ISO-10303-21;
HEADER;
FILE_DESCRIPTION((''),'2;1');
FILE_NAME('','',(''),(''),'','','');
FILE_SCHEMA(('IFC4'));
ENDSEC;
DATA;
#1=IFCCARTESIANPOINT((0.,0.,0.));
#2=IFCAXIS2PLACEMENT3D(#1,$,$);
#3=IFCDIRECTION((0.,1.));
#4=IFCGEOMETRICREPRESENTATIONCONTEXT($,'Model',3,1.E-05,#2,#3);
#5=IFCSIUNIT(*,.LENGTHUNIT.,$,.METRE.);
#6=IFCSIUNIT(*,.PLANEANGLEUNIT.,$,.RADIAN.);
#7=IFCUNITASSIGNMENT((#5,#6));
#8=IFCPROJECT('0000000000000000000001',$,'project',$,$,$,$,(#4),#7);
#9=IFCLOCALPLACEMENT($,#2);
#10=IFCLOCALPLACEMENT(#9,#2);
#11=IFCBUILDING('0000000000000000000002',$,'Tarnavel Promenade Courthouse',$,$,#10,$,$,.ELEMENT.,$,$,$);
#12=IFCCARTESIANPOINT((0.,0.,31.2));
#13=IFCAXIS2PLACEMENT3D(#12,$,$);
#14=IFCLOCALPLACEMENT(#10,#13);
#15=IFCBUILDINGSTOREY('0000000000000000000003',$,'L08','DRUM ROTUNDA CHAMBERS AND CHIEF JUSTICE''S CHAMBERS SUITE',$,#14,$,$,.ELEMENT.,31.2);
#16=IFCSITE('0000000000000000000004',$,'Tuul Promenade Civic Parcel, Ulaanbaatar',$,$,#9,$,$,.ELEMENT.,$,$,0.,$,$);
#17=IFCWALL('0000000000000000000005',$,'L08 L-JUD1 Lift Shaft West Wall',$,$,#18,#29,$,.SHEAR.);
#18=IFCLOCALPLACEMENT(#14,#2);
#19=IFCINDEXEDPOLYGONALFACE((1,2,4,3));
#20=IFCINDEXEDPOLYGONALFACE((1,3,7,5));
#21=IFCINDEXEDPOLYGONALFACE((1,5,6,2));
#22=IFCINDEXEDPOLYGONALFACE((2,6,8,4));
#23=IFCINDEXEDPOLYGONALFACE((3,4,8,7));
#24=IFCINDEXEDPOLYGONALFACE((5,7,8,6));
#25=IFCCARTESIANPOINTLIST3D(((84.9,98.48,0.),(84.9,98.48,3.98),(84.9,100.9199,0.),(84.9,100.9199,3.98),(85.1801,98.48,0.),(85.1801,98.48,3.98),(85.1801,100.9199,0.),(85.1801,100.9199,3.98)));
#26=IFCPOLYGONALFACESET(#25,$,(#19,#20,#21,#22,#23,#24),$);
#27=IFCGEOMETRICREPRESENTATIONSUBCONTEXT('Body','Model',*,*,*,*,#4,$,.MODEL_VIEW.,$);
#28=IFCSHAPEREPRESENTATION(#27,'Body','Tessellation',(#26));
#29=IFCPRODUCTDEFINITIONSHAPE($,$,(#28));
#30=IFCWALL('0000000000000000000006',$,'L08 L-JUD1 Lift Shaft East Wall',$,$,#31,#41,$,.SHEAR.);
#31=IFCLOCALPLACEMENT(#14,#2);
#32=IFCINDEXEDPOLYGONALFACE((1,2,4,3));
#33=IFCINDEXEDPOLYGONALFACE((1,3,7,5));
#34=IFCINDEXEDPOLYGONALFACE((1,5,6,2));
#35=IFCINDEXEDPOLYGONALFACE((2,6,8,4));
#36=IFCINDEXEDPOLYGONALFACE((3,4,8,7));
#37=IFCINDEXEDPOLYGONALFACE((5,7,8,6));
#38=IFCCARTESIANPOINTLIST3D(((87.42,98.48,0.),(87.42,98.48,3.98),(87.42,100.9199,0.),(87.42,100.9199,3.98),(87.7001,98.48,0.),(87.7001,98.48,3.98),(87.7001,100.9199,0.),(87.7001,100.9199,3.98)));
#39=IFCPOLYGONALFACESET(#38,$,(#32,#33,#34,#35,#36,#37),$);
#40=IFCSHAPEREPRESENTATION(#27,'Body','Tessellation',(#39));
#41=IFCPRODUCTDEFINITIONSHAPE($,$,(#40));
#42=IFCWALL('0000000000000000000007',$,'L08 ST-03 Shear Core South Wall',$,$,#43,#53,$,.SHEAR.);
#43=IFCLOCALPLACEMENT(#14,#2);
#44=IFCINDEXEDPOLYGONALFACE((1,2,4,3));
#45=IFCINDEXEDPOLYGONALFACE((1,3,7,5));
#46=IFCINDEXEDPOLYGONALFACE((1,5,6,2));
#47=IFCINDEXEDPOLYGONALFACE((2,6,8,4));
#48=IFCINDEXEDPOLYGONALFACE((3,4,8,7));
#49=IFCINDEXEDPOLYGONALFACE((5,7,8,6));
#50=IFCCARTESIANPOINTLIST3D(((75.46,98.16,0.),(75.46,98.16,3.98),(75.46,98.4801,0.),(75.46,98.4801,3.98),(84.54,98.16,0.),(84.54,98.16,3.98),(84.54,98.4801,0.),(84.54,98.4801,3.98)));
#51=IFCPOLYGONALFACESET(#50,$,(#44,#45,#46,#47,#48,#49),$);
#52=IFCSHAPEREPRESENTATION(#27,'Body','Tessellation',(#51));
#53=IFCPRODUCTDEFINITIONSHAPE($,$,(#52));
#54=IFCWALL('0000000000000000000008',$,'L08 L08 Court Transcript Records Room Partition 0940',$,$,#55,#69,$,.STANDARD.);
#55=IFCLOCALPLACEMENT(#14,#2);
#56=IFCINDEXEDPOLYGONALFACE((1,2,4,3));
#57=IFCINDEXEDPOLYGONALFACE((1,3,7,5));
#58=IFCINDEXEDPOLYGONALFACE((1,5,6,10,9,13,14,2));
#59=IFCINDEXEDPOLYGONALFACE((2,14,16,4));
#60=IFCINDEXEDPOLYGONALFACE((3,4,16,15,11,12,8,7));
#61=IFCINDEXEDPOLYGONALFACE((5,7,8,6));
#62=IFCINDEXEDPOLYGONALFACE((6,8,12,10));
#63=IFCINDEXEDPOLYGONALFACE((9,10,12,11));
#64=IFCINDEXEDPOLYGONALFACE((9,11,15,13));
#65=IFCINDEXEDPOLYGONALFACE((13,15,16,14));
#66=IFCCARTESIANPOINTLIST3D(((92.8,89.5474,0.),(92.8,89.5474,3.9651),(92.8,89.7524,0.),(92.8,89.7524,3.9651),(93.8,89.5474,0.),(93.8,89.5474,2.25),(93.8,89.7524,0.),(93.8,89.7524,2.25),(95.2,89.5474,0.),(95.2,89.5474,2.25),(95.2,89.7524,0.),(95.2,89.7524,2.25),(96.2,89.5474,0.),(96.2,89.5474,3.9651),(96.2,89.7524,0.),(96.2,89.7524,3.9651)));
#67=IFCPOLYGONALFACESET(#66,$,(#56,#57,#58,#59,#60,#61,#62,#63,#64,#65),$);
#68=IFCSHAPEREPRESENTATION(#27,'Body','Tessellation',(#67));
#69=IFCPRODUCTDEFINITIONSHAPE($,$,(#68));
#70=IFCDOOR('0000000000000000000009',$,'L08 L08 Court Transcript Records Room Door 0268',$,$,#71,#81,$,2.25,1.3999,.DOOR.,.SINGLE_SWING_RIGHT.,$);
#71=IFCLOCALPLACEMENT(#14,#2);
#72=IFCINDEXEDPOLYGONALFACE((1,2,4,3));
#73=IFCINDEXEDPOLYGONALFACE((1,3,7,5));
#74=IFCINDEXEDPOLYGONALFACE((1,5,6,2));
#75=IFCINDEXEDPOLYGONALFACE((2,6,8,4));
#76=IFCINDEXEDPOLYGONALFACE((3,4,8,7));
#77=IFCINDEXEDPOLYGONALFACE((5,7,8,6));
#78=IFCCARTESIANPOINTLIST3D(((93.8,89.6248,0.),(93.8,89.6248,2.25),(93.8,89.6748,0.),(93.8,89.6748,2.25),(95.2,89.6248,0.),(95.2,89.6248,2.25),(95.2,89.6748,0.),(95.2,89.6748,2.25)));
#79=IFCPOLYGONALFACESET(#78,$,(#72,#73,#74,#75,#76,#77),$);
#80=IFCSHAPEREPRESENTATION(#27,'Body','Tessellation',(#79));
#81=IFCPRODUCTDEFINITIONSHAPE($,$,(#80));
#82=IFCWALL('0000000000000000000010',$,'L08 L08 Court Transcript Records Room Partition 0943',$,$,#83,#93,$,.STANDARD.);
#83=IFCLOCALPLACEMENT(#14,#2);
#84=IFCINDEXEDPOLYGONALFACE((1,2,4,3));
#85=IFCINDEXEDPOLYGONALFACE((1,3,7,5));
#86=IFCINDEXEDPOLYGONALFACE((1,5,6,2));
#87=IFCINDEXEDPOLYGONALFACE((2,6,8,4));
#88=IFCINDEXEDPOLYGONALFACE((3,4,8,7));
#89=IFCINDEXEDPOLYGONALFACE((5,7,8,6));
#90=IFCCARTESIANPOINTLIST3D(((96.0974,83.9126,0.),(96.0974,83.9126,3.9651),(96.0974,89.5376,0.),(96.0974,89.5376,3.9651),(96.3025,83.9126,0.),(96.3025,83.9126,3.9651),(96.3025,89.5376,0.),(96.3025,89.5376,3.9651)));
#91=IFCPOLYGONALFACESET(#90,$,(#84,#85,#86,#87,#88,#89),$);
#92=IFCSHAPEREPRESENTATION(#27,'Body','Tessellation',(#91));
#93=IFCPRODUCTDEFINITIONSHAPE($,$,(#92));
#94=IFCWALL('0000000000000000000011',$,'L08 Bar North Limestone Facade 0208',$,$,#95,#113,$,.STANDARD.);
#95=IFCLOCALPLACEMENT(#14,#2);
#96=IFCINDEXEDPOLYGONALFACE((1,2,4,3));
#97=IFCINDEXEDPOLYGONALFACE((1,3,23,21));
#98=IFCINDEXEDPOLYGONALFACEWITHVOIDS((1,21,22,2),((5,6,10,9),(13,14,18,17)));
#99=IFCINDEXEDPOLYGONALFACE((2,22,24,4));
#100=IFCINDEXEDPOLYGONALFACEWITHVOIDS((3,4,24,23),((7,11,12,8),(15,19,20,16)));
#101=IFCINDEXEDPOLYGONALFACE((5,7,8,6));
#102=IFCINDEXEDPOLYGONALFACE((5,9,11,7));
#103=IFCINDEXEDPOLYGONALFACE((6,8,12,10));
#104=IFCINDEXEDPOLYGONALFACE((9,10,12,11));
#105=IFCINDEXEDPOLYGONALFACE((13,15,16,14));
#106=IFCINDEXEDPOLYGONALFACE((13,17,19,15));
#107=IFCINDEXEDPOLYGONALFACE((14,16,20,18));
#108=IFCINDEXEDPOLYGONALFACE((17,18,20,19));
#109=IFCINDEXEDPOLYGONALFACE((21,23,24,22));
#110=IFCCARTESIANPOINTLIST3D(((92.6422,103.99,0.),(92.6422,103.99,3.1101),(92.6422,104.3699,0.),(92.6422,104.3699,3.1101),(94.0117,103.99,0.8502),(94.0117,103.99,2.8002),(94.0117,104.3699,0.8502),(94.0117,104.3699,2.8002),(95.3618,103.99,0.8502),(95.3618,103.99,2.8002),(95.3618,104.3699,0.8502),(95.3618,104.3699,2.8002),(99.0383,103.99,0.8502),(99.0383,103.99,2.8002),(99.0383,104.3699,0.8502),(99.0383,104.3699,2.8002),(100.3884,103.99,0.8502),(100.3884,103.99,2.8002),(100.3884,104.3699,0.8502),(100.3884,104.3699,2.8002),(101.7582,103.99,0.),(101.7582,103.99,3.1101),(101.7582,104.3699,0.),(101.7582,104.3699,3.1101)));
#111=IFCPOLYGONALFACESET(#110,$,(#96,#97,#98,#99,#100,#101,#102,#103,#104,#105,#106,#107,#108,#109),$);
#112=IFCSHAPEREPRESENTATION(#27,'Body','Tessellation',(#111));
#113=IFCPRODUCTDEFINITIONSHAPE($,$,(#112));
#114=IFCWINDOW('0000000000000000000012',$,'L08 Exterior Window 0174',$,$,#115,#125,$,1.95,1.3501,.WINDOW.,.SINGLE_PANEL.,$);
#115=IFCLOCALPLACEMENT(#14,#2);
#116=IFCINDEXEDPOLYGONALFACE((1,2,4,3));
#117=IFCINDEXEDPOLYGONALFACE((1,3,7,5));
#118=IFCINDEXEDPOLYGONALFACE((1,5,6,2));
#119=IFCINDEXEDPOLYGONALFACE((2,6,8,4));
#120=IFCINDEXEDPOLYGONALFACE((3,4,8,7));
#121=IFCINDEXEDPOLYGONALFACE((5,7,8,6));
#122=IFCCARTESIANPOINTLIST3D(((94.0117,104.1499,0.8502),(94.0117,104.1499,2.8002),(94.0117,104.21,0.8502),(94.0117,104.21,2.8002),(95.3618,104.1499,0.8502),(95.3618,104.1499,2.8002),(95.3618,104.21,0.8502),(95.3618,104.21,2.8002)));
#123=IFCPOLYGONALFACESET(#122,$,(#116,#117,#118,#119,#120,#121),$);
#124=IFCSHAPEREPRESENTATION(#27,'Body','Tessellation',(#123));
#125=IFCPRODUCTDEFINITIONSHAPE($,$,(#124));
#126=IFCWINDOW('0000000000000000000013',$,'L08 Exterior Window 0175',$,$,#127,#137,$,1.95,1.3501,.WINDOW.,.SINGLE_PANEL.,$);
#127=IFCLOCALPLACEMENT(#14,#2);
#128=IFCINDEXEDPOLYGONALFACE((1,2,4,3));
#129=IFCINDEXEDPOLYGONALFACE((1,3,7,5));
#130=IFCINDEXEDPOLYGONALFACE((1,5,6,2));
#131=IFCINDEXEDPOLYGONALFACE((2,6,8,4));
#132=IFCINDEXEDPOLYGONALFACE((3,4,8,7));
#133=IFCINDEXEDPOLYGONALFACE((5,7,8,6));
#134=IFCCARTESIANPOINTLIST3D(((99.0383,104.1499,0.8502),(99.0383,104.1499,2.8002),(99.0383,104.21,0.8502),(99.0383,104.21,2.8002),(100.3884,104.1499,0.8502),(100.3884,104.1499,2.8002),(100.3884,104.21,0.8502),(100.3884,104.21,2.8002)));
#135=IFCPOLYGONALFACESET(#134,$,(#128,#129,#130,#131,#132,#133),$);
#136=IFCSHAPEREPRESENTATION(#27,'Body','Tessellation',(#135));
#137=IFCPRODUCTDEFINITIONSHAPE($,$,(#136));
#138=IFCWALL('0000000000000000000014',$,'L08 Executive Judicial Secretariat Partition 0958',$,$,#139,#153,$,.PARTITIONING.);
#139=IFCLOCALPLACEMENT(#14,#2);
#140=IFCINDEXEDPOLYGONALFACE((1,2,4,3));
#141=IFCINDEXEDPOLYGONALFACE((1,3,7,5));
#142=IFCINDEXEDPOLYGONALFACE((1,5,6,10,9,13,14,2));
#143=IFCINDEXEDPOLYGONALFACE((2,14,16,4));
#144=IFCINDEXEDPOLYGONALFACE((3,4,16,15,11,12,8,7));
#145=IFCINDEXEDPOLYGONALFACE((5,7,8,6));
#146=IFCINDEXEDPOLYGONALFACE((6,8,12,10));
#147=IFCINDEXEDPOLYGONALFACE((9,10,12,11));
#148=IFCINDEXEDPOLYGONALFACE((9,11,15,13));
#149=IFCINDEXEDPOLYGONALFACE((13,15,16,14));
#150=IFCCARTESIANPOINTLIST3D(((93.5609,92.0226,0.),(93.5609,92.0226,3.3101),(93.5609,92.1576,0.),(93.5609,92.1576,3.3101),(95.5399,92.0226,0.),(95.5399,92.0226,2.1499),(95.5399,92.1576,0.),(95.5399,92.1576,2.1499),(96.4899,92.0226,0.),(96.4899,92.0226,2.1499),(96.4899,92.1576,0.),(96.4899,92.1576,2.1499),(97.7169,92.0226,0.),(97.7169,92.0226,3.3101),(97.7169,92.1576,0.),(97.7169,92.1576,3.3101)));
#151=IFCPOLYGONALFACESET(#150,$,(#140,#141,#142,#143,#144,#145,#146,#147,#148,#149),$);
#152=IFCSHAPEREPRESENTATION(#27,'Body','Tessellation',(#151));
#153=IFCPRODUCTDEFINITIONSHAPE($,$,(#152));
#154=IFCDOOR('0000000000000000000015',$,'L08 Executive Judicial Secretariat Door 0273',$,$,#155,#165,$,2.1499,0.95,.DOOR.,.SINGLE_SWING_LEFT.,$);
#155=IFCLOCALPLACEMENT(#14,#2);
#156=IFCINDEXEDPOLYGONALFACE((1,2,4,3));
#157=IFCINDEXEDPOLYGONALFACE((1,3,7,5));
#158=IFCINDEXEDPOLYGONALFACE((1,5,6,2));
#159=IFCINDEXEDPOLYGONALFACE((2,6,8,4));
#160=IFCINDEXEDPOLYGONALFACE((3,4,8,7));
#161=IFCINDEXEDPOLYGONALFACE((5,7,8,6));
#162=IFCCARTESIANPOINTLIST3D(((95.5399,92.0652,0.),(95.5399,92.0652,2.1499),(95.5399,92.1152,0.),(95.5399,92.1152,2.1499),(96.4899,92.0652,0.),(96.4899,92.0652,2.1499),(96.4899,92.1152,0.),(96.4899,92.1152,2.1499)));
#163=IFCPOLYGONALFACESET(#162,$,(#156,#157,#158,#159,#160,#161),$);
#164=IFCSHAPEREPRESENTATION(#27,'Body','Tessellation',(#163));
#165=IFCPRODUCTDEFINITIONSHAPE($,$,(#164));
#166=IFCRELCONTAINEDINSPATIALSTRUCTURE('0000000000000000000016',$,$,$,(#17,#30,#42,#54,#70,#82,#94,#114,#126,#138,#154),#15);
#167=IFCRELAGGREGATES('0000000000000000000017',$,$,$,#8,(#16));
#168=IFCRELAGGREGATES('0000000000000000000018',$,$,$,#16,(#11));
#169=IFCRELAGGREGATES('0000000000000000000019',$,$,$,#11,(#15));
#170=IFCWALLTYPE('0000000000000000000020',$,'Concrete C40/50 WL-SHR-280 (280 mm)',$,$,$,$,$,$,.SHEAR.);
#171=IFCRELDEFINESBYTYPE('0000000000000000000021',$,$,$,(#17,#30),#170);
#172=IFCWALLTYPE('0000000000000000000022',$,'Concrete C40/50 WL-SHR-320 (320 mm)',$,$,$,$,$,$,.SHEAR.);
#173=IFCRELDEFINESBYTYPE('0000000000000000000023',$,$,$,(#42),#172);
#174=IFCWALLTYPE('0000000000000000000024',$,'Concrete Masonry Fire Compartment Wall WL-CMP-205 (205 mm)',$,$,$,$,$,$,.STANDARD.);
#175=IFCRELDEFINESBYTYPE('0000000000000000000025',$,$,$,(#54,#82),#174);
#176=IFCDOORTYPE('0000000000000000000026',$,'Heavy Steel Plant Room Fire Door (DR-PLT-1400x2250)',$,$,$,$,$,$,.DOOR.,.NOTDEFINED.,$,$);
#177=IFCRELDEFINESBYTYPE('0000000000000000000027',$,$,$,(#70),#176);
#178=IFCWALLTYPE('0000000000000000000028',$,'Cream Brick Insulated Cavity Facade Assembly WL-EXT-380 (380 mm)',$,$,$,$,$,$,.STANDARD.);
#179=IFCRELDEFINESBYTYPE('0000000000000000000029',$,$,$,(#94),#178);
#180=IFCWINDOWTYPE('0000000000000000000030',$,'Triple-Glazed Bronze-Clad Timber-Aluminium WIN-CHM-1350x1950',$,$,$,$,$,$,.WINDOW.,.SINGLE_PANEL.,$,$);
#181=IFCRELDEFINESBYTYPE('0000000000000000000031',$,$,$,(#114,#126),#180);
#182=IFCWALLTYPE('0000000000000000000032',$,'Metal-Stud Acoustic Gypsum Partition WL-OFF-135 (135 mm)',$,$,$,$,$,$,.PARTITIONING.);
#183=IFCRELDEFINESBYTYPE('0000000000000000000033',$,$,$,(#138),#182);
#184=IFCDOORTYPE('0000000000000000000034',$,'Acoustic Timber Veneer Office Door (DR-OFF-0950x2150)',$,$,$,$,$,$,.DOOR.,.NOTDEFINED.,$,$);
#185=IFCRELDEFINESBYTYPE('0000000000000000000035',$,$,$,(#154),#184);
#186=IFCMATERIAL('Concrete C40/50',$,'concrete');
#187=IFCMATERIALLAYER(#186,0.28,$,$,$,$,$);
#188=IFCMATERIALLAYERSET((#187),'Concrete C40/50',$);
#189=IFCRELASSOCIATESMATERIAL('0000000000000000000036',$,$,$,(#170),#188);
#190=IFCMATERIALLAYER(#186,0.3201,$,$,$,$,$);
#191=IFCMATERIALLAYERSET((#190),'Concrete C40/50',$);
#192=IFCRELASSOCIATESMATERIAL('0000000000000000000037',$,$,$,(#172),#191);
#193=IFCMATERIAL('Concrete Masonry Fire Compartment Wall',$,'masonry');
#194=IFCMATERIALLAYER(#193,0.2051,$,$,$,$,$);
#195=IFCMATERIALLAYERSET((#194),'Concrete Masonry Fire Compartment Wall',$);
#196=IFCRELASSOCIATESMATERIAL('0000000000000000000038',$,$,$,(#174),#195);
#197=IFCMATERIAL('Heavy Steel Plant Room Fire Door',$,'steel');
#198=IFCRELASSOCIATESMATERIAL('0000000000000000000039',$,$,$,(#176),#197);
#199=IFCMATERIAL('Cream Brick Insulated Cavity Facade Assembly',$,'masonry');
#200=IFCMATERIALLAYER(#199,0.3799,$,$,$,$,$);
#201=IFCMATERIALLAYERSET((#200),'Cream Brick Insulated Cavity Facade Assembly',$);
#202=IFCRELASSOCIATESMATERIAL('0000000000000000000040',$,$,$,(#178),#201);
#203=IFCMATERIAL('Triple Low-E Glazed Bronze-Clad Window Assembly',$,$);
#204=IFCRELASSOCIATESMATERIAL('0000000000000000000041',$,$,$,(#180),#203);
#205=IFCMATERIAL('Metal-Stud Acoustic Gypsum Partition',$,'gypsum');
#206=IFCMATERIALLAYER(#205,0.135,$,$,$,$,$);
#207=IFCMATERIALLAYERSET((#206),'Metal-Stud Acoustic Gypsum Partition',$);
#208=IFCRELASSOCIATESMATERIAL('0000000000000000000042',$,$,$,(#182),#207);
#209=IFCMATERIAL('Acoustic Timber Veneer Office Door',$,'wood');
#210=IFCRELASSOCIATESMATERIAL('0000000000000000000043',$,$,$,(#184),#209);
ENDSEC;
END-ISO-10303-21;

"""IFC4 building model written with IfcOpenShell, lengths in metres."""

from ifc_helpers import new_model, si_unit, direction, frame, frame_2d, origin, place, context, subcontext, project, spatial, rectangle, extrude, material, layer, layer_set, type_object, element, fill, save


model = new_model("IFC4")

# Units and contexts
model_context = context("Model", 3, precision=1e-05, world=origin(), true_north=direction((0.0, 1.0)))
body_context = subcontext(model_context, "Body", "Model", "MODEL_VIEW")
ifc_project = project(units=[si_unit("LENGTHUNIT", "METRE"), si_unit("PLANEANGLEUNIT", "RADIAN")], contexts=[model_context])

# Site, building, storey
site_placement = place(None, origin())
site = spatial("IfcSite", under=ifc_project, at=site_placement, Name="Tuul Promenade Civic Parcel, Ulaanbaatar", CompositionType="ELEMENT", RefElevation=0.0)
building_placement = place(site_placement, origin())
building = spatial("IfcBuilding", under=site, at=building_placement, Name="Tarnavel Promenade Courthouse", CompositionType="ELEMENT")
storey_placement = place(building_placement, frame((0.0, 0.0, 31.2)))
storey = spatial("IfcBuildingStorey", under=building, at=storey_placement, Name="L08", Description="DRUM ROTUNDA CHAMBERS AND CHIEF JUSTICE'S CHAMBERS SUITE", CompositionType="ELEMENT", Elevation=31.2)

# Shared definitions
ifc_material_1 = material(Name="Concrete C40/50", Category="concrete")

# Shared definitions
ifc_layer_1 = layer(ifc_material_1, 0.28)
ifc_layer_set_1 = layer_set([ifc_layer_1], Name="Concrete C40/50")
wall_type_1 = type_object("IfcWallType", Name="Concrete C40/50 WL-SHR-280 (280 mm)", PredefinedType="SHEAR", material=ifc_layer_set_1)

# Walls
for number, where, z_axis, x_axis, name in (
    (1, (85.04, 98.48, 0.0), (0.0, 0.0, 1.0), (0.0, 1.0, 0.0), "L08 L-JUD1 Lift Shaft West Wall"),
    (2, (87.5601, 100.9199, 0.0), (0.0, 0.0, 1.0), (0.0, -1.0, 0.0), "L08 L-JUD1 Lift Shaft East Wall"),
):
    element("IfcWall", number, at=place(storey_placement, frame(where, z_axis=z_axis, x_axis=x_axis)), inside=storey, type_object=wall_type_1, Name=name, PredefinedType="SHEAR", context=body_context, shape_type="SweptSolid", body=[
        extrude(rectangle(XDim=2.4399, YDim=0.28, at=frame_2d((1.22, 0.0))), origin(), (0.0, 0.0, 1.0), 3.98),
    ])
ifc_layer_2 = layer(ifc_material_1, 0.3201)
ifc_layer_set_2 = layer_set([ifc_layer_2], Name="Concrete C40/50")
wall_type_2 = type_object("IfcWallType", Name="Concrete C40/50 WL-SHR-320 (320 mm)", PredefinedType="SHEAR", material=ifc_layer_set_2)
wall_1_placement = place(storey_placement, frame((84.54, 98.3201, 0.0), z_axis=(0.0, 0.0, 1.0), x_axis=(-1.0, 0.0, 0.0)))
element("IfcWall", 3, at=wall_1_placement, inside=storey, type_object=wall_type_2, Name="L08 ST-03 Shear Core South Wall", PredefinedType="SHEAR", context=body_context, shape_type="SweptSolid", body=[
    extrude(rectangle(XDim=9.0801, YDim=0.3201, at=frame_2d((4.54, 0.0))), origin(), (0.0, 0.0, 1.0), 3.98),
])

# Wall, opening, door
ifc_material_2 = material(Name="Concrete Masonry Fire Compartment Wall", Category="masonry")
ifc_layer_3 = layer(ifc_material_2, 0.2051)
ifc_layer_set_3 = layer_set([ifc_layer_3], Name="Concrete Masonry Fire Compartment Wall")
wall_type_3 = type_object("IfcWallType", Name="Concrete Masonry Fire Compartment Wall WL-CMP-205 (205 mm)", PredefinedType="STANDARD", material=ifc_layer_set_3)
wall_2_placement = place(storey_placement, frame((92.8, 89.6499, 0.0), z_axis=(0.0, 0.0, 1.0), x_axis=(1.0, 0.0, 0.0)))
wall_2 = element("IfcWall", 4, at=wall_2_placement, inside=storey, type_object=wall_type_3, Name="L08 L08 Court Transcript Records Room Partition 0940", PredefinedType="STANDARD", context=body_context, shape_type="SweptSolid", body=[
    extrude(rectangle(XDim=3.3999, YDim=0.2051, at=frame_2d((1.7, 0.0))), origin(), (0.0, 0.0, 1.0), 3.9651),
])
opening_1_placement = place(wall_2_placement, frame((1.0, 0.0, 0.0)))
opening_1 = element("IfcOpeningElement", 5, at=opening_1_placement, cuts=wall_2, PredefinedType="OPENING", context=body_context, shape_type="SweptSolid", body=[
    extrude(rectangle(XDim=1.3999, YDim=2.25, at=frame_2d((0.7, 1.125))), frame((0.0, 0.1125, 0.0), z_axis=(0.0, -1.0, 0.0), x_axis=(1.0, 0.0, 0.0)), (0.0, 0.0, 1.0), 0.2251),
])
ifc_material_3 = material(Name="Heavy Steel Plant Room Fire Door", Category="steel")
door_type_1 = type_object("IfcDoorType", Name="Heavy Steel Plant Room Fire Door (DR-PLT-1400x2250)", OperationType="NOTDEFINED", PredefinedType="DOOR", material=ifc_material_3)
door_1_placement = place(opening_1_placement, origin())
door_1 = element("IfcDoor", 6, at=door_1_placement, inside=storey, type_object=door_type_1, Name="L08 L08 Court Transcript Records Room Door 0268", OperationType="SINGLE_SWING_RIGHT", OverallHeight=2.25, OverallWidth=1.3999, PredefinedType="DOOR", context=body_context, shape_type="SweptSolid", body=[
    extrude(rectangle(XDim=1.3999, YDim=2.25, at=frame_2d((0.7, 1.125))), frame((0.0, 0.0249, 0.0), z_axis=(0.0, -1.0, 0.0), x_axis=(1.0, 0.0, 0.0)), (0.0, 0.0, 1.0), 0.05),
])
fill(opening_1, door_1)

# Wall
wall_3_placement = place(storey_placement, frame((96.2, 89.5376, 0.0), z_axis=(0.0, 0.0, 1.0), x_axis=(0.0, -1.0, 0.0)))
element("IfcWall", 7, at=wall_3_placement, inside=storey, type_object=wall_type_3, Name="L08 L08 Court Transcript Records Room Partition 0943", PredefinedType="STANDARD", context=body_context, shape_type="SweptSolid", body=[
    extrude(rectangle(XDim=5.625, YDim=0.2051, at=frame_2d((2.8125, 0.0))), origin(), (0.0, 0.0, 1.0), 3.9651),
])

# Wall, openings, windows
ifc_material_4 = material(Name="Cream Brick Insulated Cavity Facade Assembly", Category="masonry")
ifc_layer_4 = layer(ifc_material_4, 0.3799)
ifc_layer_set_4 = layer_set([ifc_layer_4], Name="Cream Brick Insulated Cavity Facade Assembly")
wall_type_4 = type_object("IfcWallType", Name="Cream Brick Insulated Cavity Facade Assembly WL-EXT-380 (380 mm)", PredefinedType="STANDARD", material=ifc_layer_set_4)
wall_4_placement = place(storey_placement, frame((92.6421, 104.1799, 0.0), z_axis=(0.0, 0.0, 1.0), x_axis=(1.0, 0.0, 0.0)))
wall_4 = element("IfcWall", 8, at=wall_4_placement, inside=storey, type_object=wall_type_4, Name="L08 Bar North Limestone Facade 0208", PredefinedType="STANDARD", context=body_context, shape_type="SweptSolid", body=[
    extrude(rectangle(XDim=9.116, YDim=0.3799, at=frame_2d((4.5581, 0.0))), origin(), (0.0, 0.0, 1.0), 3.1101),
])
opening_2_placement = place(wall_4_placement, frame((1.3696, 0.0, 0.8501)))
opening_2 = element("IfcOpeningElement", 9, at=opening_2_placement, cuts=wall_4, PredefinedType="OPENING", context=body_context, shape_type="SweptSolid", body=[
    extrude(rectangle(XDim=1.3501, YDim=1.95, at=frame_2d((0.675, 0.9751))), frame((0.0, 0.2, 0.0), z_axis=(0.0, -1.0, 0.0), x_axis=(1.0, 0.0, 0.0)), (0.0, 0.0, 1.0), 0.3999),
])
opening_3_placement = place(wall_4_placement, frame((6.3962, 0.0, 0.8501)))
opening_3 = element("IfcOpeningElement", 10, at=opening_3_placement, cuts=wall_4, PredefinedType="OPENING", context=body_context, shape_type="SweptSolid", body=[
    extrude(rectangle(XDim=1.3501, YDim=1.95, at=frame_2d((0.675, 0.9751))), frame((0.0, 0.2, 0.0), z_axis=(0.0, -1.0, 0.0), x_axis=(1.0, 0.0, 0.0)), (0.0, 0.0, 1.0), 0.3999),
])
ifc_material_5 = material(Name="Triple Low-E Glazed Bronze-Clad Window Assembly")
window_type = type_object("IfcWindowType", Name="Triple-Glazed Bronze-Clad Timber-Aluminium WIN-CHM-1350x1950", PartitioningType="SINGLE_PANEL", PredefinedType="WINDOW", material=ifc_material_5)
window_1_placement = place(opening_2_placement, origin())
window_1 = element("IfcWindow", 11, at=window_1_placement, inside=storey, type_object=window_type, Name="L08 Exterior Window 0174", OverallHeight=1.95, OverallWidth=1.3501, PartitioningType="SINGLE_PANEL", PredefinedType="WINDOW", context=body_context, shape_type="SweptSolid", body=[
    extrude(rectangle(XDim=1.3501, YDim=1.95, at=frame_2d((0.675, 0.9751))), frame((0.0, 0.03, 0.0), z_axis=(0.0, -1.0, 0.0), x_axis=(1.0, 0.0, 0.0)), (0.0, 0.0, 1.0), 0.0601),
])
fill(opening_2, window_1)
window_2_placement = place(opening_3_placement, origin())
window_2 = element("IfcWindow", 12, at=window_2_placement, inside=storey, type_object=window_type, Name="L08 Exterior Window 0175", OverallHeight=1.95, OverallWidth=1.3501, PartitioningType="SINGLE_PANEL", PredefinedType="WINDOW", context=body_context, shape_type="SweptSolid", body=[
    extrude(rectangle(XDim=1.3501, YDim=1.95, at=frame_2d((0.675, 0.9751))), frame((0.0, 0.03, 0.0), z_axis=(0.0, -1.0, 0.0), x_axis=(1.0, 0.0, 0.0)), (0.0, 0.0, 1.0), 0.0601),
])
fill(opening_3, window_2)

# Wall, opening, door
ifc_material_6 = material(Name="Metal-Stud Acoustic Gypsum Partition", Category="gypsum")
ifc_layer_5 = layer(ifc_material_6, 0.135)
ifc_layer_set_5 = layer_set([ifc_layer_5], Name="Metal-Stud Acoustic Gypsum Partition")
wall_type_5 = type_object("IfcWallType", Name="Metal-Stud Acoustic Gypsum Partition WL-OFF-135 (135 mm)", PredefinedType="PARTITIONING", material=ifc_layer_set_5)
wall_5_placement = place(storey_placement, frame((97.717, 92.0901, 0.0), z_axis=(0.0, 0.0, 1.0), x_axis=(-1.0, 0.0, 0.0)))
wall_5 = element("IfcWall", 13, at=wall_5_placement, inside=storey, type_object=wall_type_5, Name="L08 Executive Judicial Secretariat Partition 0958", PredefinedType="PARTITIONING", context=body_context, shape_type="SweptSolid", body=[
    extrude(rectangle(XDim=4.156, YDim=0.135, at=frame_2d((2.0781, 0.0))), origin(), (0.0, 0.0, 1.0), 3.3101),
])
opening_4_placement = place(wall_5_placement, frame((1.2271, 0.0, 0.0)))
opening_4 = element("IfcOpeningElement", 14, at=opening_4_placement, cuts=wall_5, PredefinedType="OPENING", context=body_context, shape_type="SweptSolid", body=[
    extrude(rectangle(XDim=0.95, YDim=2.1499, at=frame_2d((0.4751, 1.075))), frame((0.0, 0.0774, 0.0), z_axis=(0.0, -1.0, 0.0), x_axis=(1.0, 0.0, 0.0)), (0.0, 0.0, 1.0), 0.155),
])
ifc_material_7 = material(Name="Acoustic Timber Veneer Office Door", Category="wood")
door_type_2 = type_object("IfcDoorType", Name="Acoustic Timber Veneer Office Door (DR-OFF-0950x2150)", OperationType="NOTDEFINED", PredefinedType="DOOR", material=ifc_material_7)
door_2_placement = place(opening_4_placement, origin())
door_2 = element("IfcDoor", 15, at=door_2_placement, inside=storey, type_object=door_type_2, Name="L08 Executive Judicial Secretariat Door 0273", OperationType="SINGLE_SWING_LEFT", OverallHeight=2.1499, OverallWidth=0.95, PredefinedType="DOOR", context=body_context, shape_type="SweptSolid", body=[
    extrude(rectangle(XDim=0.95, YDim=2.1499, at=frame_2d((0.4751, 1.075))), frame((0.0, 0.0249, 0.0), z_axis=(0.0, -1.0, 0.0), x_axis=(1.0, 0.0, 0.0)), (0.0, 0.0, 1.0), 0.05),
])
fill(opening_4, door_2)

save(model, "model.ifc")
